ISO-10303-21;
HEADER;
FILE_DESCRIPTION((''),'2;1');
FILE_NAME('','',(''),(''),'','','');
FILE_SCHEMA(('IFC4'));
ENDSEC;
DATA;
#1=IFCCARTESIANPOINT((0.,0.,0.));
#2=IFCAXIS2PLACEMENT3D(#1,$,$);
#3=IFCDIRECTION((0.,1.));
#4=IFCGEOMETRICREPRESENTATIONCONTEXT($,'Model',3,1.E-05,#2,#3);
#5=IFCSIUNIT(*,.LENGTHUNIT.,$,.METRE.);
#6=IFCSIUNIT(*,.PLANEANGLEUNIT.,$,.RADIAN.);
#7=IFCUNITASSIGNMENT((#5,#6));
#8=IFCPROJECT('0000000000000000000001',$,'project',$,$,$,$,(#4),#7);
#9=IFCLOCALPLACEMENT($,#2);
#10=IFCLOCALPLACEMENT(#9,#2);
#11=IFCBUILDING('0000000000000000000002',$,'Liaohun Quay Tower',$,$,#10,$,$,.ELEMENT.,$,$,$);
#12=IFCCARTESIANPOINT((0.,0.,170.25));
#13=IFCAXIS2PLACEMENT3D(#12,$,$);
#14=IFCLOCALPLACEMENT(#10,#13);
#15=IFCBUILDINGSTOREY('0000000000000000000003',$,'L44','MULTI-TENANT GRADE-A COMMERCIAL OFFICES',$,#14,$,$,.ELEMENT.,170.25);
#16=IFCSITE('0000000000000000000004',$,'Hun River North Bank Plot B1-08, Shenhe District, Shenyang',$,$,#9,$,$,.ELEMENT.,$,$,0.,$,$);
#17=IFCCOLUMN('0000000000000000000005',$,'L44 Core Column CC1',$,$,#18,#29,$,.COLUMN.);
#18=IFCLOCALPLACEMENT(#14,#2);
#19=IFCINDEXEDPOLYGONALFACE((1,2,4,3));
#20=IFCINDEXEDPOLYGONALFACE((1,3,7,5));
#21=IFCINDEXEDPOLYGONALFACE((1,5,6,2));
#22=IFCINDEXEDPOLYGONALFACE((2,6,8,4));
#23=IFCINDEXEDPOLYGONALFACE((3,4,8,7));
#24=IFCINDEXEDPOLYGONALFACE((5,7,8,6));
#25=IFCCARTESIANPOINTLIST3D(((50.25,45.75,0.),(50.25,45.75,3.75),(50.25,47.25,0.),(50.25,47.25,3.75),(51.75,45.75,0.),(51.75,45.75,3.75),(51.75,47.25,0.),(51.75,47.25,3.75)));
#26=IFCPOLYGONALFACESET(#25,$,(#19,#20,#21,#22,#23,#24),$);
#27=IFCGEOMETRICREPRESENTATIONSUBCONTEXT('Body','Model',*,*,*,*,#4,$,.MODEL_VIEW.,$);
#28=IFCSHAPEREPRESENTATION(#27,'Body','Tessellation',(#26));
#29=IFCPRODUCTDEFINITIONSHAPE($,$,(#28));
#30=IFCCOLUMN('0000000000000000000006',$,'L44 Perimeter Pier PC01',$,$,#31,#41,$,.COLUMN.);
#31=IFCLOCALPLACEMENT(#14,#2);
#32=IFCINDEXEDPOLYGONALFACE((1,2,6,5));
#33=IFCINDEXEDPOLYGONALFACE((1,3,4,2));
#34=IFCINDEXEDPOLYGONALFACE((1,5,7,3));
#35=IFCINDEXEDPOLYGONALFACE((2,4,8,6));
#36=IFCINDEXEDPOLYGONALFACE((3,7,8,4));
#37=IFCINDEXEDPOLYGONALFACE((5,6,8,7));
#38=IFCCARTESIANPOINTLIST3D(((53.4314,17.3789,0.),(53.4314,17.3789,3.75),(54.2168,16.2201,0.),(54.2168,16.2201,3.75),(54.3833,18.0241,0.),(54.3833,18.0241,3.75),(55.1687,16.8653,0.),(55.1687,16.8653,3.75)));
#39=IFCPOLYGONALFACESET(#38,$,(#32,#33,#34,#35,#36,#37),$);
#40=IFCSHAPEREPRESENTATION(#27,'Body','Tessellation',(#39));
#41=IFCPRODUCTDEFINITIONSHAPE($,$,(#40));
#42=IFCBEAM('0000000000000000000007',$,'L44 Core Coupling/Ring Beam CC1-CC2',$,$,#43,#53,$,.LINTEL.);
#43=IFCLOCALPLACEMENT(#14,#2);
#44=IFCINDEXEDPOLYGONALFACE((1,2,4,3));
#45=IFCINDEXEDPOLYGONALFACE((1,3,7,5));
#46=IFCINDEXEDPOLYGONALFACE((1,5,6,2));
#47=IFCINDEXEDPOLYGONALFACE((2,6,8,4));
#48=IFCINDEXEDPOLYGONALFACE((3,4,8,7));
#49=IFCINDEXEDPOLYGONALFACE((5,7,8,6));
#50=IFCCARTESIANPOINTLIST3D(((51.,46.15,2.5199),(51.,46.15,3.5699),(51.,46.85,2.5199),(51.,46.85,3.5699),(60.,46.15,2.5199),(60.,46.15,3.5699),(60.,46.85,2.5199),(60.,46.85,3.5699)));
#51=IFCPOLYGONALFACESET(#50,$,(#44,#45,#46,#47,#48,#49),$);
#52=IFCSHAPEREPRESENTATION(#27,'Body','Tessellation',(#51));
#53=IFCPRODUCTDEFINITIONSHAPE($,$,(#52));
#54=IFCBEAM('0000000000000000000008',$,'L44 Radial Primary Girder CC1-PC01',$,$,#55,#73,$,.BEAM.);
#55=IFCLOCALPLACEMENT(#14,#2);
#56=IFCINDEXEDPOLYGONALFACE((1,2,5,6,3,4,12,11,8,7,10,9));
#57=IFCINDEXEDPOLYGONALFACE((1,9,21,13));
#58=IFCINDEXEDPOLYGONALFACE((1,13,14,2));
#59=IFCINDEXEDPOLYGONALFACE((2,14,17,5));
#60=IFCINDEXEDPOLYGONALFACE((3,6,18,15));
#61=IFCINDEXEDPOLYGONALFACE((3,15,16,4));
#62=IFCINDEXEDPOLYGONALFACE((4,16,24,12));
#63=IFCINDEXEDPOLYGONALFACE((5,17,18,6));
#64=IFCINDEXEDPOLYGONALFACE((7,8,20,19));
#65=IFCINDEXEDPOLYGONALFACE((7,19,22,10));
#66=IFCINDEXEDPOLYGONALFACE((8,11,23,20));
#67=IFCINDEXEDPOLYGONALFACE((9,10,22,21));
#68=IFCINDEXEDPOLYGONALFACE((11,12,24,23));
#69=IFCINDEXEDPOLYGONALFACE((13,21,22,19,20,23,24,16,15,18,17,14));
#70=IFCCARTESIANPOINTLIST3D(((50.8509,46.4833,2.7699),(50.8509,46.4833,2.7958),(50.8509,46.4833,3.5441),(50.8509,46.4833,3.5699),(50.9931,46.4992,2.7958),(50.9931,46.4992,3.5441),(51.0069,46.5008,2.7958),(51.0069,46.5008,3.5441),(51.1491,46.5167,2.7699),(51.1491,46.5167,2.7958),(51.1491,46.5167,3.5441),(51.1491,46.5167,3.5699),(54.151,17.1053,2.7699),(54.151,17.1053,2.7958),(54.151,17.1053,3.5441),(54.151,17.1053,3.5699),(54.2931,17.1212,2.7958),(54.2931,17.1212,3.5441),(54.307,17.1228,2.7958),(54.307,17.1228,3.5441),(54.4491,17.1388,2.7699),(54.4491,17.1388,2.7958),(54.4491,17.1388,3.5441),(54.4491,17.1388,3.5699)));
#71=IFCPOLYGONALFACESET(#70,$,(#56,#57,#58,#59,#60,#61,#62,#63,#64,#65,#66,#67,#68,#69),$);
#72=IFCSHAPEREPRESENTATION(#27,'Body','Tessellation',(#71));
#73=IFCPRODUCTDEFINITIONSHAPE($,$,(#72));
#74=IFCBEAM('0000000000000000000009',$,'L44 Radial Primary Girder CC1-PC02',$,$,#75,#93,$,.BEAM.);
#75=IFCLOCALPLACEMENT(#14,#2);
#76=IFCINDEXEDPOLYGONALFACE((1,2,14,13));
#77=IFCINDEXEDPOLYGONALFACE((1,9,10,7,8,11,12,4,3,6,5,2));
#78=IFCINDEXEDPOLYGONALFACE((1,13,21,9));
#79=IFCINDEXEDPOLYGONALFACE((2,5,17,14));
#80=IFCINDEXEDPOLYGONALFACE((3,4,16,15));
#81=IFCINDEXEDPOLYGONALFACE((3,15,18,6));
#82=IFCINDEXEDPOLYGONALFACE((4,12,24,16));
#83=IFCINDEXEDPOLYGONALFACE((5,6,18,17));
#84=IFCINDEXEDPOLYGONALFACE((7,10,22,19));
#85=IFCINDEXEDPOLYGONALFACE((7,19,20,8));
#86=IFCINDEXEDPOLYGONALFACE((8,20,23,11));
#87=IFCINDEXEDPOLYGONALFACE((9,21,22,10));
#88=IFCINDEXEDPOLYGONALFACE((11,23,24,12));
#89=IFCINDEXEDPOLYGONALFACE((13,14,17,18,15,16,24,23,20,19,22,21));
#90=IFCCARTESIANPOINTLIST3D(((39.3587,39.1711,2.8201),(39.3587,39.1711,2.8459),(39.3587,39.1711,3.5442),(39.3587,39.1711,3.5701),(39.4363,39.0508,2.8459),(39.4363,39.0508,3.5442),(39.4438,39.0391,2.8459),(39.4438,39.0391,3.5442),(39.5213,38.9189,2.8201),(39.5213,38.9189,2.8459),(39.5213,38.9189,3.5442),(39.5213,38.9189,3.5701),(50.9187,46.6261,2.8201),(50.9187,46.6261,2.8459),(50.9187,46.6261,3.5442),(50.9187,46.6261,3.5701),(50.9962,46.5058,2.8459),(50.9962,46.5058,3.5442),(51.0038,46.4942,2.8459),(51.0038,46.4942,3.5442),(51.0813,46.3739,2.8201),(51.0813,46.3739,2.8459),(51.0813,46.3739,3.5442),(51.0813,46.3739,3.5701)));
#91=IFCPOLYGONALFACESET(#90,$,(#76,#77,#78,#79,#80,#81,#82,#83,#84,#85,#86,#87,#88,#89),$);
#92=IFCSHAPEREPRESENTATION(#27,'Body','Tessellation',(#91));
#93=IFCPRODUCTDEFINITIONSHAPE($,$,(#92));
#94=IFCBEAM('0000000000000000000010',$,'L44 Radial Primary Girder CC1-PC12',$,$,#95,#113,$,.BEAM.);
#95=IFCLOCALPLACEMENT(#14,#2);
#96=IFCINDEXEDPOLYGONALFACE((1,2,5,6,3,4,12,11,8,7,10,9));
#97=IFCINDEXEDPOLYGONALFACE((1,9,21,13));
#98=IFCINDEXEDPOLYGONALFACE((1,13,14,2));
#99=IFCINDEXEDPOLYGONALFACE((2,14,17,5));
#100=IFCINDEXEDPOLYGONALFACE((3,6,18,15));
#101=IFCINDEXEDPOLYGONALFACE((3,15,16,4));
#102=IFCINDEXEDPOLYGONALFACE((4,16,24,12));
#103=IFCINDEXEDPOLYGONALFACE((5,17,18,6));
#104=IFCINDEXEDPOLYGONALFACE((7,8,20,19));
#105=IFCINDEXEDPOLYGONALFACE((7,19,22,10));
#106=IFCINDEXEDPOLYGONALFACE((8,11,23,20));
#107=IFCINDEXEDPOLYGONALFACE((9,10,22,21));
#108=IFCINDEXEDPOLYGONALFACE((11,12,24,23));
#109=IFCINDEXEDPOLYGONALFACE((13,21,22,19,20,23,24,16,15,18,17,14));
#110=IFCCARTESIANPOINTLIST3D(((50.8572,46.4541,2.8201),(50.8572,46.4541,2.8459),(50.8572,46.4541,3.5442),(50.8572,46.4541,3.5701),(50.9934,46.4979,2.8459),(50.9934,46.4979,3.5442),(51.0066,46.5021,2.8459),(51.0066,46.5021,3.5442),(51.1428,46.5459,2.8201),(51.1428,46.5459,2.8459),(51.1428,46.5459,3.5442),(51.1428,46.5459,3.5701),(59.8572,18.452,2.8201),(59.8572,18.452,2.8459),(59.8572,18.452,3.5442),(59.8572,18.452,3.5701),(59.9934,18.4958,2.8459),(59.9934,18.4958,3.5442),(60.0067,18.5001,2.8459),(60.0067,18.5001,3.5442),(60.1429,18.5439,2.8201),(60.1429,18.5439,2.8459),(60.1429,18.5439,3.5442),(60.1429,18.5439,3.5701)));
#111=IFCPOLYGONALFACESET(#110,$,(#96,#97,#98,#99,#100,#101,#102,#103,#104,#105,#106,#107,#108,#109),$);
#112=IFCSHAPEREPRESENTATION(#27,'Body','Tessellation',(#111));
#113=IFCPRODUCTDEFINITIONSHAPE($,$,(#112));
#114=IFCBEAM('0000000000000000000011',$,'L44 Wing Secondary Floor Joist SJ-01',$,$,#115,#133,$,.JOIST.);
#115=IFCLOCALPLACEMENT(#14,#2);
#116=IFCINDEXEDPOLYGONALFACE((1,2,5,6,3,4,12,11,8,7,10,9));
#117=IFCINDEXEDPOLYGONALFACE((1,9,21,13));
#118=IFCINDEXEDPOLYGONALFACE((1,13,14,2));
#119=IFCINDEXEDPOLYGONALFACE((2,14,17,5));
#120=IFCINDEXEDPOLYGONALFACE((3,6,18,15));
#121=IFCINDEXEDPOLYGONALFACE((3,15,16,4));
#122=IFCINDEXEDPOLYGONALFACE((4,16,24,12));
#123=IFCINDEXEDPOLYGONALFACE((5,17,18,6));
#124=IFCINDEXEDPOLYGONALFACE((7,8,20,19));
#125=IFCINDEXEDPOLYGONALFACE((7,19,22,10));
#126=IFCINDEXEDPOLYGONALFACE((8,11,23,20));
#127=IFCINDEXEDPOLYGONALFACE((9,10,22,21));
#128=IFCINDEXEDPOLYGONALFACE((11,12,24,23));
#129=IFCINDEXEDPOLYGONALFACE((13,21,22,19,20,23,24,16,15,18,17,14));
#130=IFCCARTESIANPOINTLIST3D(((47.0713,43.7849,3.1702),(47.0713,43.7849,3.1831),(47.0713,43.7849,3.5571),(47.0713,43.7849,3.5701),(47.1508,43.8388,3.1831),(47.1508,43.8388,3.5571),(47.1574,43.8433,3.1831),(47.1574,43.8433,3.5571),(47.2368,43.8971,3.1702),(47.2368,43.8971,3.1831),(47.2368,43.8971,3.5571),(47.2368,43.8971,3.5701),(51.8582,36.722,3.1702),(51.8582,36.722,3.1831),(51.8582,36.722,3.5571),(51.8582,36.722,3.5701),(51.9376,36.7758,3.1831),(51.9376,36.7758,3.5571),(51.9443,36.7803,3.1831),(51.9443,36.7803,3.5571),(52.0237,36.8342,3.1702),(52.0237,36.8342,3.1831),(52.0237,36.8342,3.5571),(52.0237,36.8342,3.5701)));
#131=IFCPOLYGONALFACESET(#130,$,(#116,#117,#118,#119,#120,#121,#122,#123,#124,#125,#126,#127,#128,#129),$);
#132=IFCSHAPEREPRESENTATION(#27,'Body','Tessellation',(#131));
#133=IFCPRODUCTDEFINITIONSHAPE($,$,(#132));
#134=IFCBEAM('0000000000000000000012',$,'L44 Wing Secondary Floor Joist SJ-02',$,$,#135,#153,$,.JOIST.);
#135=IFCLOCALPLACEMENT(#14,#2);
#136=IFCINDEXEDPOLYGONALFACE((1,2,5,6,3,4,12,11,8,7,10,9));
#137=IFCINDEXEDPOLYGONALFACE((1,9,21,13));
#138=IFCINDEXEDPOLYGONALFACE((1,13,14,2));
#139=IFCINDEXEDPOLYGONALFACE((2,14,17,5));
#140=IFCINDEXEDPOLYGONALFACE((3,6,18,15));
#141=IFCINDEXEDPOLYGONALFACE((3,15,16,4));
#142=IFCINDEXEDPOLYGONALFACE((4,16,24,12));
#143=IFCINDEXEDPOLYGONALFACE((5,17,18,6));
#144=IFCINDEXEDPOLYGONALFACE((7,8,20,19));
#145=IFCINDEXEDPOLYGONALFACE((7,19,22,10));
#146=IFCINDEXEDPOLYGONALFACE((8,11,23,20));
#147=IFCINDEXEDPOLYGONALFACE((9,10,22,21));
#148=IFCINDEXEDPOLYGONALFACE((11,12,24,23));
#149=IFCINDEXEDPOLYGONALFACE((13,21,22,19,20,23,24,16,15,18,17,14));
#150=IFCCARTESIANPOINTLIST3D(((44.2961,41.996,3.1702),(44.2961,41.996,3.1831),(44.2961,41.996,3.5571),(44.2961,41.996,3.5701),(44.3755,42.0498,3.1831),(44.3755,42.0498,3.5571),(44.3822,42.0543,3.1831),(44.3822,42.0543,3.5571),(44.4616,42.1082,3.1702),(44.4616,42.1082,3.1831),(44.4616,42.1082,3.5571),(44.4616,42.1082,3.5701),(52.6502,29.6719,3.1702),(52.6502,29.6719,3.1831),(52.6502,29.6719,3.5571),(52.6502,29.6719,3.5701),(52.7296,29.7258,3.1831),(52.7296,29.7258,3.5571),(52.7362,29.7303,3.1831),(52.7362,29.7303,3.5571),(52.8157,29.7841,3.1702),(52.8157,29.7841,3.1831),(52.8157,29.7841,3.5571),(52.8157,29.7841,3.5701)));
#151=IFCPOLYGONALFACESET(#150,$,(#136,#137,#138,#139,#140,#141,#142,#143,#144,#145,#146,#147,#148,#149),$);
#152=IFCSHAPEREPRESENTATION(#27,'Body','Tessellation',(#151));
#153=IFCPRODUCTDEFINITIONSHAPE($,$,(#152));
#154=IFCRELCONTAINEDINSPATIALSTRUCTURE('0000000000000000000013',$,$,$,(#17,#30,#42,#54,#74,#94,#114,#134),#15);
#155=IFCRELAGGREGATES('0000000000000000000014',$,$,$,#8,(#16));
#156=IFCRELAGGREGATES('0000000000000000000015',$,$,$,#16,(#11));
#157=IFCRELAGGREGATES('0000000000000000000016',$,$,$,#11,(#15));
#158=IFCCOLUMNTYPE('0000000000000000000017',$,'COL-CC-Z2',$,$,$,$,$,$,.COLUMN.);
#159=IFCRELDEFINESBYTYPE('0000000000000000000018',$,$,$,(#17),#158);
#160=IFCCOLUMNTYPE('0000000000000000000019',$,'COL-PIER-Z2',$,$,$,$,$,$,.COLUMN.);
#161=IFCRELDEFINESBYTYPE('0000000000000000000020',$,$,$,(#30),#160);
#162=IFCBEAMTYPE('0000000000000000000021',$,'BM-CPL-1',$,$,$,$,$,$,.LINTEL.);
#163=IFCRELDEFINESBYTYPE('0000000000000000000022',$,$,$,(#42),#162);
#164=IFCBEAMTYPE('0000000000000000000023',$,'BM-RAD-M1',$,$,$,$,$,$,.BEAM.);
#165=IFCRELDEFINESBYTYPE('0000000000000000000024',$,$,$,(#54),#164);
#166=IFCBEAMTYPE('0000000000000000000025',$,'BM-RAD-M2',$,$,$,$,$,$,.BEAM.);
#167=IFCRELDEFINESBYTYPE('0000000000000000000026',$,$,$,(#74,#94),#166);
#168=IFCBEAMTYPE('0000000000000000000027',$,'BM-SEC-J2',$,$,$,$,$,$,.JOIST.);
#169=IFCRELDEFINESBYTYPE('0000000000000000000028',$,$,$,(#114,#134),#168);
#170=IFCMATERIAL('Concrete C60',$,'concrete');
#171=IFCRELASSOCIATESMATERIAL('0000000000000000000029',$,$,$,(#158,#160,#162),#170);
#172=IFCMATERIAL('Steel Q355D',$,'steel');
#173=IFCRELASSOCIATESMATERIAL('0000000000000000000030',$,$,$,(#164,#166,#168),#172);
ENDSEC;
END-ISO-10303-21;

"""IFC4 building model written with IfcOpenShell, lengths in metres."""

from ifc_helpers import new_model, si_unit, direction, frame, origin, origin_2d, place, context, subcontext, project, spatial, rectangle, i_section, extrude, source, transform, mapped, material, material_profile, profile_set, type_object, element, save


model = new_model("IFC4")

# Units and contexts
model_context = context("Model", 3, precision=1e-05, world=origin(), true_north=direction((0.0, 1.0)))
body_context = subcontext(model_context, "Body", "Model", "MODEL_VIEW")
ifc_project = project(units=[si_unit("LENGTHUNIT", "METRE"), si_unit("PLANEANGLEUNIT", "RADIAN")], contexts=[model_context])

# Site, building, storey
site_placement = place(None, origin())
site = spatial("IfcSite", under=ifc_project, at=site_placement, Name="Hun River North Bank Plot B1-08, Shenhe District, Shenyang", CompositionType="ELEMENT", RefElevation=0.0)
building_placement = place(site_placement, origin())
building = spatial("IfcBuilding", under=site, at=building_placement, Name="Liaohun Quay Tower", CompositionType="ELEMENT")
storey_placement = place(building_placement, frame((0.0, 0.0, 170.25)))
storey = spatial("IfcBuildingStorey", under=building, at=storey_placement, Name="L44", Description="MULTI-TENANT GRADE-A COMMERCIAL OFFICES", CompositionType="ELEMENT", Elevation=170.25)

# Columns
ifc_material_1 = material(Name="Concrete C60", Category="concrete")
ifc_material_profile_1 = material_profile(ifc_material_1, rectangle(XDim=1.5, YDim=1.5, at=origin_2d()), Name="RC1500x1500")
ifc_profile_set_1 = profile_set([ifc_material_profile_1], Name="Concrete C60")
column_type_1 = type_object("IfcColumnType", Name="COL-CC-Z2", PredefinedType="COLUMN", material=ifc_profile_set_1)
shared_shape_1 = source(origin(), body_context, "Body", "SweptSolid", [
    extrude(rectangle(XDim=1.5, YDim=1.5, at=origin_2d()), origin(), (0.0, 0.0, 1.0), 3.75),
])
column_1_placement = place(storey_placement, frame((51.0, 46.5, 0.0), z_axis=(0.0, 0.0, 1.0), x_axis=(1.0, 0.0, 0.0)))
element("IfcColumn", 1, at=column_1_placement, inside=storey, type_object=column_type_1, Name="L44 Core Column CC1", PredefinedType="COLUMN", context=body_context, shape_type="MappedRepresentation", body=[
    mapped(shared_shape_1, transform((0.0, 0.0, 0.0), x_axis=(1.0, 0.0, 0.0), y_axis=(0.0, 1.0, 0.0), z_axis=(0.0, 0.0, 1.0), scale=1.0)),
])
ifc_material_profile_2 = material_profile(ifc_material_1, rectangle(XDim=1.3999, YDim=1.1499, at=origin_2d()), Name="RC1400x1150")
ifc_profile_set_2 = profile_set([ifc_material_profile_2], Name="Concrete C60")
column_type_2 = type_object("IfcColumnType", Name="COL-PIER-Z2", PredefinedType="COLUMN", material=ifc_profile_set_2)
shared_shape_2 = source(origin(), body_context, "Body", "SweptSolid", [
    extrude(rectangle(XDim=1.3999, YDim=1.1499, at=origin_2d()), origin(), (0.0, 0.0, 1.0), 3.75),
])
column_2_placement = place(storey_placement, frame((54.3, 17.1221, 0.0), z_axis=(0.0, 0.0, 1.0), x_axis=(-0.561072, 0.827767, 0.0)))
element("IfcColumn", 2, at=column_2_placement, inside=storey, type_object=column_type_2, Name="L44 Perimeter Pier PC01", PredefinedType="COLUMN", context=body_context, shape_type="MappedRepresentation", body=[
    mapped(shared_shape_2, transform((0.0, 0.0, 0.0), x_axis=(1.0, 0.0, 0.0), y_axis=(0.0, 1.0, 0.0), z_axis=(0.0, 0.0, 1.0), scale=1.0)),
])

# Beams
ifc_material_profile_3 = material_profile(ifc_material_1, rectangle(XDim=0.7, YDim=1.05, at=origin_2d()), Name="RC700x1050")
ifc_profile_set_3 = profile_set([ifc_material_profile_3], Name="Concrete C60")
beam_type_1 = type_object("IfcBeamType", Name="BM-CPL-1", PredefinedType="LINTEL", material=ifc_profile_set_3)
shared_shape_3 = source(origin(), body_context, "Body", "SweptSolid", [
    extrude(rectangle(XDim=0.7, YDim=1.05, at=origin_2d()), origin(), (0.0, 0.0, 1.0), 9.0),
])
beam_1_placement = place(storey_placement, frame((51.0, 46.5, 3.0449), z_axis=(1.0, 0.0, 0.0), x_axis=(0.0, 1.0, 0.0)))
element("IfcBeam", 3, at=beam_1_placement, inside=storey, type_object=beam_type_1, Name="L44 Core Coupling/Ring Beam CC1-CC2", PredefinedType="LINTEL", context=body_context, shape_type="MappedRepresentation", body=[
    mapped(shared_shape_3, transform((0.0, 0.0, 0.0), x_axis=(1.0, 0.0, 0.0), y_axis=(0.0, 1.0, 0.0), z_axis=(0.0, 0.0, 1.0), scale=1.0)),
])
ifc_material_2 = material(Name="Steel Q355D", Category="steel")
ifc_material_profile_4 = material_profile(ifc_material_2, i_section(OverallWidth=0.3, OverallDepth=0.8, WebThickness=0.0139, FlangeThickness=0.0259, at=origin_2d()), Name="HN800x300x14x26")
ifc_profile_set_4 = profile_set([ifc_material_profile_4], Name="Steel Q355D")
beam_type_2 = type_object("IfcBeamType", Name="BM-RAD-M1", PredefinedType="BEAM", material=ifc_profile_set_4)
shared_shape_4 = source(origin(), body_context, "Body", "SweptSolid", [
    extrude(i_section(OverallWidth=0.3, OverallDepth=0.8, WebThickness=0.0139, FlangeThickness=0.0259, at=origin_2d()), origin(), (0.0, 0.0, 1.0), 29.5627),
])
beam_2_placement = place(storey_placement, frame((51.0, 46.5, 3.1699), z_axis=(0.111629, -0.99375, 0.0), x_axis=(0.99375, 0.111629, 0.0)))
element("IfcBeam", 4, at=beam_2_placement, inside=storey, type_object=beam_type_2, Name="L44 Radial Primary Girder CC1-PC01", PredefinedType="BEAM", context=body_context, shape_type="MappedRepresentation", body=[
    mapped(shared_shape_4, transform((0.0, 0.0, 0.0), x_axis=(1.0, 0.0, 0.0), y_axis=(0.0, 1.0, 0.0), z_axis=(0.0, 0.0, 1.0), scale=1.0)),
])
ifc_material_profile_5 = material_profile(ifc_material_2, i_section(OverallWidth=0.3, OverallDepth=0.75, WebThickness=0.0139, FlangeThickness=0.0259, at=origin_2d()), Name="HN750x300x14x26")
ifc_profile_set_5 = profile_set([ifc_material_profile_5], Name="Steel Q355D")
beam_type_3 = type_object("IfcBeamType", Name="BM-RAD-M2", PredefinedType="BEAM", material=ifc_profile_set_5)
shared_shape_5 = source(origin(), body_context, "Body", "SweptSolid", [
    extrude(i_section(OverallWidth=0.3, OverallDepth=0.75, WebThickness=0.0139, FlangeThickness=0.0259, at=origin_2d()), origin(), (0.0, 0.0, 1.0), 13.7554),
])
beam_3_placement = place(storey_placement, frame((51.0, 46.5, 3.1951), z_axis=(-0.840397, -0.541972, 0.0), x_axis=(0.541972, -0.840397, 0.0)))
element("IfcBeam", 5, at=beam_3_placement, inside=storey, type_object=beam_type_3, Name="L44 Radial Primary Girder CC1-PC02", PredefinedType="BEAM", context=body_context, shape_type="MappedRepresentation", body=[
    mapped(shared_shape_5, transform((0.0, 0.0, 0.0), x_axis=(1.0, 0.0, 0.0), y_axis=(0.0, 1.0, 0.0), z_axis=(0.0, 0.0, 1.0), scale=1.0)),
])
shared_shape_6 = source(origin(), body_context, "Body", "SweptSolid", [
    extrude(i_section(OverallWidth=0.3, OverallDepth=0.75, WebThickness=0.0139, FlangeThickness=0.0259, at=origin_2d()), origin(), (0.0, 0.0, 1.0), 29.4128),
])
beam_4_placement = place(storey_placement, frame((51.0, 46.5, 3.1951), z_axis=(0.30599, -0.952035, 0.0), x_axis=(0.952035, 0.30599, 0.0)))
element("IfcBeam", 6, at=beam_4_placement, inside=storey, type_object=beam_type_3, Name="L44 Radial Primary Girder CC1-PC12", PredefinedType="BEAM", context=body_context, shape_type="MappedRepresentation", body=[
    mapped(shared_shape_6, transform((0.0, 0.0, 0.0), x_axis=(1.0, 0.0, 0.0), y_axis=(0.0, 1.0, 0.0), z_axis=(0.0, 0.0, 1.0), scale=1.0)),
])
ifc_material_profile_6 = material_profile(ifc_material_2, i_section(OverallWidth=0.2, OverallDepth=0.3999, WebThickness=0.0081, FlangeThickness=0.0129, at=origin_2d()), Name="HN400x200x8x13")
ifc_profile_set_6 = profile_set([ifc_material_profile_6], Name="Steel Q355D")
beam_type_4 = type_object("IfcBeamType", Name="BM-SEC-J2", PredefinedType="JOIST", material=ifc_profile_set_6)
shared_shape_7 = source(origin(), body_context, "Body", "SweptSolid", [
    extrude(i_section(OverallWidth=0.2, OverallDepth=0.3999, WebThickness=0.0081, FlangeThickness=0.0129, at=origin_2d()), origin(), (0.0, 0.0, 1.0), 8.5322),
])
beam_5_placement = place(storey_placement, frame((51.9409, 36.7781, 3.3701), z_axis=(-0.56103, 0.827796, 0.0), x_axis=(-0.827796, -0.56103, 0.0)))
element("IfcBeam", 7, at=beam_5_placement, inside=storey, type_object=beam_type_4, Name="L44 Wing Secondary Floor Joist SJ-01", PredefinedType="JOIST", context=body_context, shape_type="MappedRepresentation", body=[
    mapped(shared_shape_7, transform((0.0, 0.0, 0.0), x_axis=(1.0, 0.0, 0.0), y_axis=(0.0, 1.0, 0.0), z_axis=(0.0, 0.0, 1.0), scale=1.0)),
])
shared_shape_8 = source(origin(), body_context, "Body", "SweptSolid", [
    extrude(i_section(OverallWidth=0.2, OverallDepth=0.3999, WebThickness=0.0081, FlangeThickness=0.0129, at=origin_2d()), origin(), (0.0, 0.0, 1.0), 14.8887),
])
beam_6_placement = place(storey_placement, frame((52.7329, 29.728, 3.3701), z_axis=(-0.561102, 0.827747, 0.0), x_axis=(-0.827747, -0.561102, 0.0)))
element("IfcBeam", 8, at=beam_6_placement, inside=storey, type_object=beam_type_4, Name="L44 Wing Secondary Floor Joist SJ-02", PredefinedType="JOIST", context=body_context, shape_type="MappedRepresentation", body=[
    mapped(shared_shape_8, transform((0.0, 0.0, 0.0), x_axis=(1.0, 0.0, 0.0), y_axis=(0.0, 1.0, 0.0), z_axis=(0.0, 0.0, 1.0), scale=1.0)),
])

save(model, "model.ifc")
